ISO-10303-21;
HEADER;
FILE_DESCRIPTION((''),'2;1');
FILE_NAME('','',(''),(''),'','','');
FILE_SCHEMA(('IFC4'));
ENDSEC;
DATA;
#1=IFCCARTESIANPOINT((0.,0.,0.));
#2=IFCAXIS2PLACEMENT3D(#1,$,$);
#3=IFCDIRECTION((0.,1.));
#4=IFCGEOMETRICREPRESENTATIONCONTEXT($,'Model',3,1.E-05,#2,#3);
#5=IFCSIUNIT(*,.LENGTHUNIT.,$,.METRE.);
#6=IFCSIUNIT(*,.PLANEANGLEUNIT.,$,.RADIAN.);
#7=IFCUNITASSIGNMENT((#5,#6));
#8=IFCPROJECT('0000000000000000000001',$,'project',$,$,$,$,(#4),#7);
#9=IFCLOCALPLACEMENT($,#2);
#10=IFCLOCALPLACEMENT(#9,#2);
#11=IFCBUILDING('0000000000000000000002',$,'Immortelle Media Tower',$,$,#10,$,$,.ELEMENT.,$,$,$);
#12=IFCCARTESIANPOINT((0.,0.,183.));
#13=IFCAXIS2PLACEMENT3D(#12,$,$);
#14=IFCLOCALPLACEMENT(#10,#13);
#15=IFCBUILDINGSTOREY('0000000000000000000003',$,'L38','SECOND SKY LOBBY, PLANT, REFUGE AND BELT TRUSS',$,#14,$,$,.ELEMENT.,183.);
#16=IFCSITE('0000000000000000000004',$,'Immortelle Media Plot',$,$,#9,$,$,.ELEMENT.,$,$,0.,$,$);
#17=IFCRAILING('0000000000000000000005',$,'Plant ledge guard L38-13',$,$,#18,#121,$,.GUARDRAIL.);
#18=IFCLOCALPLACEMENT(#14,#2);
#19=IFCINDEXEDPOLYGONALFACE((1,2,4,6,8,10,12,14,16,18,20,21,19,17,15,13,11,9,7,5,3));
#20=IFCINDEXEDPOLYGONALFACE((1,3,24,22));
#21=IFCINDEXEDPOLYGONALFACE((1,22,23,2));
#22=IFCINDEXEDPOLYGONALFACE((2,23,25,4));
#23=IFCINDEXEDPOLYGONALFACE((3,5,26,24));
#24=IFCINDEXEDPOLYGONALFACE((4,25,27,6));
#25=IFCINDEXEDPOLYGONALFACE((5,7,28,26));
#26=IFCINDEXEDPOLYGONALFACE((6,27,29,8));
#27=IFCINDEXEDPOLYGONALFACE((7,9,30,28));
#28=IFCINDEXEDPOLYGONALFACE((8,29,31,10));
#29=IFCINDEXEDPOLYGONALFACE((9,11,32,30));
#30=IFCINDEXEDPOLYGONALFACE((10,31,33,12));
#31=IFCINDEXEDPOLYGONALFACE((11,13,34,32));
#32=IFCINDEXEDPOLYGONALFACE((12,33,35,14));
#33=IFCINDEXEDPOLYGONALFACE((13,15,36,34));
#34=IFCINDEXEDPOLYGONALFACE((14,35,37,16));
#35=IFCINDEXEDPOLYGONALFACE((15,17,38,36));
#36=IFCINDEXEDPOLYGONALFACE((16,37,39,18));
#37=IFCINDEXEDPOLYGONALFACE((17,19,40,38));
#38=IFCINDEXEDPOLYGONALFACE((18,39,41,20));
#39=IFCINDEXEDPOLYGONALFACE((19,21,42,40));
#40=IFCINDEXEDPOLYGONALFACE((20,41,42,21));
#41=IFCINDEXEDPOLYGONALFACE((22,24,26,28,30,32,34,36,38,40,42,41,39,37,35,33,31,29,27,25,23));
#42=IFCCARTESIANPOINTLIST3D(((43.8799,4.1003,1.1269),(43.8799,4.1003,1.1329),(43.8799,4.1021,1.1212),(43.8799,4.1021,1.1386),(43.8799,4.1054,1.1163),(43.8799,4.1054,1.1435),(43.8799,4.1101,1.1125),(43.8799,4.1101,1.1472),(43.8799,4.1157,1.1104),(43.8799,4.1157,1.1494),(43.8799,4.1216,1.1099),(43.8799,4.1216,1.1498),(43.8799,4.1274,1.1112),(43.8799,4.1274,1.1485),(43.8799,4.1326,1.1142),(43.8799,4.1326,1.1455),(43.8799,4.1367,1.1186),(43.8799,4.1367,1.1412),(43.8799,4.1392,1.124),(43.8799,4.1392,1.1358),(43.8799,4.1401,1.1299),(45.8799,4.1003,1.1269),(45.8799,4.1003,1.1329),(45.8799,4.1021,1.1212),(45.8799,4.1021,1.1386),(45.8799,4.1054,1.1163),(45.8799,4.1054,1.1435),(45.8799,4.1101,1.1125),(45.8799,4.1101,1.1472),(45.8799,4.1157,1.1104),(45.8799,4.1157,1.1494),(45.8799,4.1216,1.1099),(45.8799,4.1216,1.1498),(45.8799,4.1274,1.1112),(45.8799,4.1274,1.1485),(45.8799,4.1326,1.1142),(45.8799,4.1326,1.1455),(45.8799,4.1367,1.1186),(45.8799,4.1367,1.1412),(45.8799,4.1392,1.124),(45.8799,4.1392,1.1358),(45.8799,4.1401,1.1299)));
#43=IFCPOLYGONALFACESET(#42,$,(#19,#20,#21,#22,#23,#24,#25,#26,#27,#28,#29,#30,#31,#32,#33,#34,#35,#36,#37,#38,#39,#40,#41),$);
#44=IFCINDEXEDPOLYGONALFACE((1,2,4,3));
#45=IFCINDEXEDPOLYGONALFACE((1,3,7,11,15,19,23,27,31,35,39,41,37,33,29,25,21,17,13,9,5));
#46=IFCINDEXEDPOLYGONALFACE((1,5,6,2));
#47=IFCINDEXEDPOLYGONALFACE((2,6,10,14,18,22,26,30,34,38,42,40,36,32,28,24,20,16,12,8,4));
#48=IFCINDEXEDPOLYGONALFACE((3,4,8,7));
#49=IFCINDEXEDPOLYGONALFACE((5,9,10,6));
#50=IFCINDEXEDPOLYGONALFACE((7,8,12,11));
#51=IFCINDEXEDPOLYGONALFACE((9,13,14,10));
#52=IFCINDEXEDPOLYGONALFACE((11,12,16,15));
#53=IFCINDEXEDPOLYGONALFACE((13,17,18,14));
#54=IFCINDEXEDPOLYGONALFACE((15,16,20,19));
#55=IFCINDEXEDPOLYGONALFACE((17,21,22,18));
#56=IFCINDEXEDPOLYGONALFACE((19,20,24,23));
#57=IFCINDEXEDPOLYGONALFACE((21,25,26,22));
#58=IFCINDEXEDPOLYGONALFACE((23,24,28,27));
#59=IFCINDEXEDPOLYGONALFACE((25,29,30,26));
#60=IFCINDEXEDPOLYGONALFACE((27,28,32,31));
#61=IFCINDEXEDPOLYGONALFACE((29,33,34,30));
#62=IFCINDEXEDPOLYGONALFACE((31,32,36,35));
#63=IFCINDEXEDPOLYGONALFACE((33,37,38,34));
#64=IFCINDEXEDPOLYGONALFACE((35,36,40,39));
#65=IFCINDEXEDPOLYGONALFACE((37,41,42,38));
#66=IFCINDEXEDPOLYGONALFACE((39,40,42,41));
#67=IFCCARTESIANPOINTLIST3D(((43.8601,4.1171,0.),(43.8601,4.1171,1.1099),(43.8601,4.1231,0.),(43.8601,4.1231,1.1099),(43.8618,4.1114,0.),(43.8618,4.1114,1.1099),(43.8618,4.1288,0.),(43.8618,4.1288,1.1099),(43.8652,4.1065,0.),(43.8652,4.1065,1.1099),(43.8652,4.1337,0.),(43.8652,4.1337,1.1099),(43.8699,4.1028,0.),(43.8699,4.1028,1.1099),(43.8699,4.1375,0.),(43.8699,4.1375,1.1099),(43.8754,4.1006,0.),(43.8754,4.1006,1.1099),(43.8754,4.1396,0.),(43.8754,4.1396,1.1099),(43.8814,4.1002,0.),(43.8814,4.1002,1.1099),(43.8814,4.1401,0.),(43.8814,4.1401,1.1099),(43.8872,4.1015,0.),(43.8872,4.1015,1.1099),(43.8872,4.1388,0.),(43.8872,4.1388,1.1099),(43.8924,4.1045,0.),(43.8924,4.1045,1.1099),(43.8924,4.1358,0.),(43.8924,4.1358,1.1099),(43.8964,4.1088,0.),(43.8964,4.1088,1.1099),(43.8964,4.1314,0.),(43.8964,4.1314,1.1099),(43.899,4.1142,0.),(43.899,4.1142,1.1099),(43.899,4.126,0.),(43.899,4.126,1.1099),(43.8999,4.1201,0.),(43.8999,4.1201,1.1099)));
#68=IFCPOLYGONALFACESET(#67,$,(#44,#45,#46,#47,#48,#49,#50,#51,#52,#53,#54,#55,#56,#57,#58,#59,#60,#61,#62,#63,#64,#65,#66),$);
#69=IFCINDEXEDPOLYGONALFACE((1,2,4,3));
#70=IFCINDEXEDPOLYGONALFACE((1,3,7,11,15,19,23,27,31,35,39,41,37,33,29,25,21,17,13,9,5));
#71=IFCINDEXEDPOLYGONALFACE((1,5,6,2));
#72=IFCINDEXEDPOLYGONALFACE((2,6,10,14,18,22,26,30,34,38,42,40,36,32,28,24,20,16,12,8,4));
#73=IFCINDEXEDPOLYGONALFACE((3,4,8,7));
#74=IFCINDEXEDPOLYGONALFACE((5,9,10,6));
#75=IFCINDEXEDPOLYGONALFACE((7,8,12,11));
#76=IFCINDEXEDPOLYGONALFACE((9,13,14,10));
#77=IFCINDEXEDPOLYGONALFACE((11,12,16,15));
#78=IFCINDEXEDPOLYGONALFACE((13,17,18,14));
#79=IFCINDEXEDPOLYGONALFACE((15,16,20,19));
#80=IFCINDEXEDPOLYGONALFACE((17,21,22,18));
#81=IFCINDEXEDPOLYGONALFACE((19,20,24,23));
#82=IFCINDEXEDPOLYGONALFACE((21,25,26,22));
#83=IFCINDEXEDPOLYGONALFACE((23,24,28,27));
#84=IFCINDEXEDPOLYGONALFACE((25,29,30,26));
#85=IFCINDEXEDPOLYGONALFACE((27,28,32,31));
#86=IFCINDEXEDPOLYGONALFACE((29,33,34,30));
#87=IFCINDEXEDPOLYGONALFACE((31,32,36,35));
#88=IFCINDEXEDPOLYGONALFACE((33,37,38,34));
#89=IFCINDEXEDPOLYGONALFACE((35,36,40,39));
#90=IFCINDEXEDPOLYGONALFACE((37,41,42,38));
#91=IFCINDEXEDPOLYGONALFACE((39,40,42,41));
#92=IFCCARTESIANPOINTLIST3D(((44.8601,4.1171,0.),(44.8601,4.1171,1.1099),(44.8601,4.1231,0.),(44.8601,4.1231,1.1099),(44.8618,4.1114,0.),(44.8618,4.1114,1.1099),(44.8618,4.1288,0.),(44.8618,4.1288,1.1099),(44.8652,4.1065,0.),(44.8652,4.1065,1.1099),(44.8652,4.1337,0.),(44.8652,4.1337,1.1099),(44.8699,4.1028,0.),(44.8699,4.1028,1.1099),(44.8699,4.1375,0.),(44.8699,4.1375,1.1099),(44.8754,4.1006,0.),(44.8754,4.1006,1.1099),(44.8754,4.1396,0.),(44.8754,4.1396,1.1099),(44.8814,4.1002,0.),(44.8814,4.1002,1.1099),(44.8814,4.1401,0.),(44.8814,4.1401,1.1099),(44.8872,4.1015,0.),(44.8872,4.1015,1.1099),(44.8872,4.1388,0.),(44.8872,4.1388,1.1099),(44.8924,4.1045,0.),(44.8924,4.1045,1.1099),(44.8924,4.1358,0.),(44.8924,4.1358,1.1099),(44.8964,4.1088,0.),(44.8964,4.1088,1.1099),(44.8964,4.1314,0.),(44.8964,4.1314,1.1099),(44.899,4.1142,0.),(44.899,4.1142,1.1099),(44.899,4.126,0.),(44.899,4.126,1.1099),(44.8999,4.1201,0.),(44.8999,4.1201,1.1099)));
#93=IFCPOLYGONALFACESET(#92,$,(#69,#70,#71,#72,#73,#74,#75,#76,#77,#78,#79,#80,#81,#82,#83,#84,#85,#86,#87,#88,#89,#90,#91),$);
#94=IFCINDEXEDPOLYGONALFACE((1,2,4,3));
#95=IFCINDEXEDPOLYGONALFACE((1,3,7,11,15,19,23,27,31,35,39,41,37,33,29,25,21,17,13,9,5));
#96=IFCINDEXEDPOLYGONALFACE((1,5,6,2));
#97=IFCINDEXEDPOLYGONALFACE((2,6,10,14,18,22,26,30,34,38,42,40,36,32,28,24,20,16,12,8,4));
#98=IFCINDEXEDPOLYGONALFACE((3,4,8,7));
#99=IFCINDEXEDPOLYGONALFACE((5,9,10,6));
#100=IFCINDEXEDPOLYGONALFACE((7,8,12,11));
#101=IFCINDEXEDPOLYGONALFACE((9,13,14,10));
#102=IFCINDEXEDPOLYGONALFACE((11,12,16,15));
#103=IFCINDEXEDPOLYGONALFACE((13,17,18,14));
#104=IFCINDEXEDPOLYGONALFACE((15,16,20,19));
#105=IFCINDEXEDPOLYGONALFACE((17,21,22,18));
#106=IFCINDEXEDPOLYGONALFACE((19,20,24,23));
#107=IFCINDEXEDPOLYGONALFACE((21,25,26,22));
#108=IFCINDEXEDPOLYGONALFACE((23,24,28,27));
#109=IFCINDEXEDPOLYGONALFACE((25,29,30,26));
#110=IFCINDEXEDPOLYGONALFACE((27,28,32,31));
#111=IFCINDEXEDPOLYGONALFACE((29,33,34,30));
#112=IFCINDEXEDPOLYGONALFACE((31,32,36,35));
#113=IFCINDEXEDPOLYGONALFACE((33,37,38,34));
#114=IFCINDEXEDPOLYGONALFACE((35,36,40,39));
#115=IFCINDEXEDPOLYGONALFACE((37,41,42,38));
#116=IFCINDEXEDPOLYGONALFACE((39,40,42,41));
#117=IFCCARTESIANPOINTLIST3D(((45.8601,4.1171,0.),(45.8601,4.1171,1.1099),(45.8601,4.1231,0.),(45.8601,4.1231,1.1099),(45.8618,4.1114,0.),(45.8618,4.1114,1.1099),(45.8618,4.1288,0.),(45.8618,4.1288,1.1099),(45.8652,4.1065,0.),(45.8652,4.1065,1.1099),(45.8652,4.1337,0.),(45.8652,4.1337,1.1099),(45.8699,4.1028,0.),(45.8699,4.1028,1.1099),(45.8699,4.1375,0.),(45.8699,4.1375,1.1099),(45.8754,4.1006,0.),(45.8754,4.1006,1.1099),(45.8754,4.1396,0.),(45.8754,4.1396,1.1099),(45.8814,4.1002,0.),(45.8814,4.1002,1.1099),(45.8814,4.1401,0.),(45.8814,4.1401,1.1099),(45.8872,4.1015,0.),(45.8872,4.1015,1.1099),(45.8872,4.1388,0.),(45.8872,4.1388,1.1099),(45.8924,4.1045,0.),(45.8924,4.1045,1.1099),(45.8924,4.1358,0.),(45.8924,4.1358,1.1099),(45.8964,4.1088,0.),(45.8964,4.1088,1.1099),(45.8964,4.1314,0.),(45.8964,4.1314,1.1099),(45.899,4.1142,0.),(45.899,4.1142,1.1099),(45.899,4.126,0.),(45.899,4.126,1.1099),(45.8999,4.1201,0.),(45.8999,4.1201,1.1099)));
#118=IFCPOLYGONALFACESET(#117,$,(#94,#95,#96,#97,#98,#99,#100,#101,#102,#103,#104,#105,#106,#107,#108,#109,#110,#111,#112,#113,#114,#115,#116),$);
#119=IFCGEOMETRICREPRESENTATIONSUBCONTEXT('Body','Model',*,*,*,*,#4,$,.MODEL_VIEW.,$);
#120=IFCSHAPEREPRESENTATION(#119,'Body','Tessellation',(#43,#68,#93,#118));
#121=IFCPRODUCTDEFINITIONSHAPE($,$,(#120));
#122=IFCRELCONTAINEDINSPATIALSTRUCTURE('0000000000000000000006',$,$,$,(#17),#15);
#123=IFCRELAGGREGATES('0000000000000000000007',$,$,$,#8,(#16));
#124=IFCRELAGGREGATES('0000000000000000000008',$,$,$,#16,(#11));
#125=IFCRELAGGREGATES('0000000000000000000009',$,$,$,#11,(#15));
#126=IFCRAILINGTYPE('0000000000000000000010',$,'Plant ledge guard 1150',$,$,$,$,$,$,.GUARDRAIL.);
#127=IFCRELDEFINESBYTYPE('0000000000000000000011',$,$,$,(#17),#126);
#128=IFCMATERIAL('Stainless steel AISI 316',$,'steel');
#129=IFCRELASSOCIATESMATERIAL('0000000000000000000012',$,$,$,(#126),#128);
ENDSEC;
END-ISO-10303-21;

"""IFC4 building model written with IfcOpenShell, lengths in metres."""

from ifc_helpers import new_model, si_unit, direction, frame, origin, origin_2d, place, context, subcontext, project, spatial, circle, extrude, material, type_object, element, save


model = new_model("IFC4")

# Units and contexts
model_context = context("Model", 3, precision=1e-05, world=origin(), true_north=direction((0.0, 1.0)))
body_context = subcontext(model_context, "Body", "Model", "MODEL_VIEW")
ifc_project = project(units=[si_unit("LENGTHUNIT", "METRE"), si_unit("PLANEANGLEUNIT", "RADIAN")], contexts=[model_context])

# Site, building, storey
site_placement = place(None, origin())
site = spatial("IfcSite", under=ifc_project, at=site_placement, Name="Immortelle Media Plot", CompositionType="ELEMENT", RefElevation=0.0)
building_placement = place(site_placement, origin())
building = spatial("IfcBuilding", under=site, at=building_placement, Name="Immortelle Media Tower", CompositionType="ELEMENT")
storey_placement = place(building_placement, frame((0.0, 0.0, 183.0)))
storey = spatial("IfcBuildingStorey", under=building, at=storey_placement, Name="L38", Description="SECOND SKY LOBBY, PLANT, REFUGE AND BELT TRUSS", CompositionType="ELEMENT", Elevation=183.0)

# Railing
ifc_material_1 = material(Name="Stainless steel AISI 316", Category="steel")
railing_type = type_object("IfcRailingType", Name="Plant ledge guard 1150", PredefinedType="GUARDRAIL", material=ifc_material_1)
railing_1_placement = place(storey_placement, frame((43.8799, 4.1201, 0.0)))
element("IfcRailing", 1, at=railing_1_placement, inside=storey, type_object=railing_type, Name="Plant ledge guard L38-13", PredefinedType="GUARDRAIL", context=body_context, shape_type="SweptSolid", body=[
    extrude(circle(Radius=0.02, at=origin_2d()), frame((0.0, 0.0, 1.1299), z_axis=(1.0, 0.0, 0.0), x_axis=(0.0, 1.0, 0.0)), (0.0, 0.0, 1.0), 2.0),
    extrude(circle(Radius=0.02, at=origin_2d()), origin(), (0.0, 0.0, 1.0), 1.1099),
    extrude(circle(Radius=0.02, at=origin_2d()), frame((1.0, 0.0, 0.0)), (0.0, 0.0, 1.0), 1.1099),
    extrude(circle(Radius=0.02, at=origin_2d()), frame((2.0, 0.0, 0.0)), (0.0, 0.0, 1.0), 1.1099),
])

save(model, "model.ifc")
